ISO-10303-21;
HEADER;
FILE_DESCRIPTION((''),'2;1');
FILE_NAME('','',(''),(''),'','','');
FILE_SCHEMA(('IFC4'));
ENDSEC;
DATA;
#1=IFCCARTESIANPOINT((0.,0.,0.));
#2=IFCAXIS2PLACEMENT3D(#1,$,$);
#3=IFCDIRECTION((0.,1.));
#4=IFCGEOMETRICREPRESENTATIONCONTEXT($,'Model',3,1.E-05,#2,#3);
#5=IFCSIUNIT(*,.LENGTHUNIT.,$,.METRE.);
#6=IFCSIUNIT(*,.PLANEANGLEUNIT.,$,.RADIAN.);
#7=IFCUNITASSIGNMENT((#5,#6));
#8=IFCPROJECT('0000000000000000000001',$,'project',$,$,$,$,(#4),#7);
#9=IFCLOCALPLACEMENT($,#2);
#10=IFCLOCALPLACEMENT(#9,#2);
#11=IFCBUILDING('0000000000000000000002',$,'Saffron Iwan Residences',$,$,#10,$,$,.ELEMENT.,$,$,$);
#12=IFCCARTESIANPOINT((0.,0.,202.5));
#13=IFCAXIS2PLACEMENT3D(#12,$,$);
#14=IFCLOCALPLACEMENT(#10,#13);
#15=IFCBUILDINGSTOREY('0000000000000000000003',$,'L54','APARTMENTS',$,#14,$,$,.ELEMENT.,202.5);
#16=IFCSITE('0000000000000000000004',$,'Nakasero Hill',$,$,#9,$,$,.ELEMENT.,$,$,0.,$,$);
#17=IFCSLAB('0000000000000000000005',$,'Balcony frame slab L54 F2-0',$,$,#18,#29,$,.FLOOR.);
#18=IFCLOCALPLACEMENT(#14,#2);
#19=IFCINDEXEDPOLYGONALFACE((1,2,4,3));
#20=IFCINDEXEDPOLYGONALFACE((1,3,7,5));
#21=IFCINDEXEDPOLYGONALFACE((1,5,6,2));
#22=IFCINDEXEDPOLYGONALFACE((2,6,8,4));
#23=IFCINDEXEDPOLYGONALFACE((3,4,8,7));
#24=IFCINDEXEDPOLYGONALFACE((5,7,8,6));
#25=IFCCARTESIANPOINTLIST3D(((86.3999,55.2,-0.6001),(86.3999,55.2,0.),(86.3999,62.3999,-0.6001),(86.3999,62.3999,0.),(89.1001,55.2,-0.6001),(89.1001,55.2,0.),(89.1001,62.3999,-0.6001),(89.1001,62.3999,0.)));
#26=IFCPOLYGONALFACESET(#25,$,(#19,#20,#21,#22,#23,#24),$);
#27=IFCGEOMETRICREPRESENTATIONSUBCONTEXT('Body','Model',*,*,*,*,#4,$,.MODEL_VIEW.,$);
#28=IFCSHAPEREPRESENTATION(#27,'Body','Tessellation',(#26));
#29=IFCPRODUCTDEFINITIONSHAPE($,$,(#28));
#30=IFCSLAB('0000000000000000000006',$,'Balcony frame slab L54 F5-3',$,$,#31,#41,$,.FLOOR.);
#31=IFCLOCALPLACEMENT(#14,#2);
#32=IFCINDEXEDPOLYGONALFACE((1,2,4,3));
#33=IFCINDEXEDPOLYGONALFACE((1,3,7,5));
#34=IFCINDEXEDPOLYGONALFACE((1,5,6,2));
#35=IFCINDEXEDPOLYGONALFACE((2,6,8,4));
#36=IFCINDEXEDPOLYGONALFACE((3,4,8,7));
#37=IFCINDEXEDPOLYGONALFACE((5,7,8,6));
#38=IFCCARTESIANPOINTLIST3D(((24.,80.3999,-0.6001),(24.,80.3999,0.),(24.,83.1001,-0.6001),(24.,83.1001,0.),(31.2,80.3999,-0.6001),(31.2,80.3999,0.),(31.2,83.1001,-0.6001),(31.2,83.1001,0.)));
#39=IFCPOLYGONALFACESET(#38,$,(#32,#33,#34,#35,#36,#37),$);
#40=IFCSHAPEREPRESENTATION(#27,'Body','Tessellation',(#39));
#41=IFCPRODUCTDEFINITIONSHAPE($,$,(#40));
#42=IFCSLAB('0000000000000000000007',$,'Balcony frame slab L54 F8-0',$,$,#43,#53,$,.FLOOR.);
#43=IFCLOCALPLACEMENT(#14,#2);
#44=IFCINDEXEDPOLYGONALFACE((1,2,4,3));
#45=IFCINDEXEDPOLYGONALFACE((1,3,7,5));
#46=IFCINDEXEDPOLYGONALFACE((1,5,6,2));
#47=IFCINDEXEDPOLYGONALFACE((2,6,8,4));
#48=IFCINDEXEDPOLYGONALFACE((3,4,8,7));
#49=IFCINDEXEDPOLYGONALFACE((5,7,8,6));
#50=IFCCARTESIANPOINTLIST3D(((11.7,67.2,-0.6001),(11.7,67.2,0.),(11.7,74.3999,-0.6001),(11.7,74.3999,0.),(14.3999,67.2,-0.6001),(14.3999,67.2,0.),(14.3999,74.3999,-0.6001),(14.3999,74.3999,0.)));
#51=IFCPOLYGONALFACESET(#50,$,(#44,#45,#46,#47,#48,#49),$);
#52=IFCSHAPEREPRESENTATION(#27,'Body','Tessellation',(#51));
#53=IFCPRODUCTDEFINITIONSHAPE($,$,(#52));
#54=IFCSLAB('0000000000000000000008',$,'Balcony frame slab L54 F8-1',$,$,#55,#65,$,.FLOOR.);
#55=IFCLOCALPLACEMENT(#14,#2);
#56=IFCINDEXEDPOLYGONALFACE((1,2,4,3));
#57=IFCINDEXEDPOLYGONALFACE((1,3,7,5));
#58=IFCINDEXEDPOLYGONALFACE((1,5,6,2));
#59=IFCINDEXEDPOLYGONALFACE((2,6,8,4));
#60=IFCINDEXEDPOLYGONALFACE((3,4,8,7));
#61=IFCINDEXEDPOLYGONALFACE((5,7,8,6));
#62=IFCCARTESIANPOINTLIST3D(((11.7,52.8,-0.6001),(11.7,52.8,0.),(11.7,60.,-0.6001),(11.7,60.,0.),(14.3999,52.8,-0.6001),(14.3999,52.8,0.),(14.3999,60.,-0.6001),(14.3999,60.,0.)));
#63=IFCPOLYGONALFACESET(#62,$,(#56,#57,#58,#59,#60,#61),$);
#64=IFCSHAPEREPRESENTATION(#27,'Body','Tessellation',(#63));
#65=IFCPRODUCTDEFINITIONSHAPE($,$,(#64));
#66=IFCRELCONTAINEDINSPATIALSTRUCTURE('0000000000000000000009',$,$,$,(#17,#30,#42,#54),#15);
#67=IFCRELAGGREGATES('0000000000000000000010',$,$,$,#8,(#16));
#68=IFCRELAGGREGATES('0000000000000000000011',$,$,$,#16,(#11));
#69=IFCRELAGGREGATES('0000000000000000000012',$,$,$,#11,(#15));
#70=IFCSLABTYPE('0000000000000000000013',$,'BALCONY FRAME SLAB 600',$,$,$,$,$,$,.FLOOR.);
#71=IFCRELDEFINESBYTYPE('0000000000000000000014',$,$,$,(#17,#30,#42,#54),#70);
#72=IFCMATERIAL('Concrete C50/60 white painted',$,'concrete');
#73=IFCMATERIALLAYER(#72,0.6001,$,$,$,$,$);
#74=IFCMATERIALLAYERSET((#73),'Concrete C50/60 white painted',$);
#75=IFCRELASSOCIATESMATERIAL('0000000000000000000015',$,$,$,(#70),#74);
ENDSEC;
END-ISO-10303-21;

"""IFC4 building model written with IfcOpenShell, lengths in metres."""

from ifc_helpers import new_model, si_unit, direction, frame, origin, place, context, subcontext, project, spatial, polyline, outline, extrude, material, layer, layer_set, type_object, element, save


model = new_model("IFC4")

# Units and contexts
model_context = context("Model", 3, precision=1e-05, world=origin(), true_north=direction((0.0, 1.0)))
body_context = subcontext(model_context, "Body", "Model", "MODEL_VIEW")
ifc_project = project(units=[si_unit("LENGTHUNIT", "METRE"), si_unit("PLANEANGLEUNIT", "RADIAN")], contexts=[model_context])

# Site, building, storey
site_placement = place(None, origin())
site = spatial("IfcSite", under=ifc_project, at=site_placement, Name="Nakasero Hill", CompositionType="ELEMENT", RefElevation=0.0)
building_placement = place(site_placement, origin())
building = spatial("IfcBuilding", under=site, at=building_placement, Name="Saffron Iwan Residences", CompositionType="ELEMENT")
storey_placement = place(building_placement, frame((0.0, 0.0, 202.5)))
storey = spatial("IfcBuildingStorey", under=building, at=storey_placement, Name="L54", Description="APARTMENTS", CompositionType="ELEMENT", Elevation=202.5)

# Slabs
ifc_material_1 = material(Name="Concrete C50/60 white painted", Category="concrete")
ifc_layer_1 = layer(ifc_material_1, 0.6001)
ifc_layer_set_1 = layer_set([ifc_layer_1], Name="Concrete C50/60 white painted")
slab_type_1 = type_object("IfcSlabType", Name="BALCONY FRAME SLAB 600", PredefinedType="FLOOR", material=ifc_layer_set_1)
slab_1_placement = place(storey_placement, frame((0.0, 0.0, -0.6001)))
element("IfcSlab", 1, at=slab_1_placement, inside=storey, type_object=slab_type_1, Name="Balcony frame slab L54 F2-0", PredefinedType="FLOOR", context=body_context, shape_type="SweptSolid", body=[
    extrude(outline(polyline([(89.1001, 55.2), (89.1001, 62.3999), (86.3999, 62.3999), (86.3999, 55.2), (89.1001, 55.2)])), origin(), (0.0, 0.0, 1.0), 0.6001),
])
slab_2_placement = place(storey_placement, frame((0.0, 0.0, -0.6001)))
element("IfcSlab", 2, at=slab_2_placement, inside=storey, type_object=slab_type_1, Name="Balcony frame slab L54 F5-3", PredefinedType="FLOOR", context=body_context, shape_type="SweptSolid", body=[
    extrude(outline(polyline([(31.2, 83.1001), (24.0, 83.1001), (24.0, 80.3999), (31.2, 80.3999), (31.2, 83.1001)])), origin(), (0.0, 0.0, 1.0), 0.6001),
])
slab_3_placement = place(storey_placement, frame((0.0, 0.0, -0.6001)))
element("IfcSlab", 3, at=slab_3_placement, inside=storey, type_object=slab_type_1, Name="Balcony frame slab L54 F8-0", PredefinedType="FLOOR", context=body_context, shape_type="SweptSolid", body=[
    extrude(outline(polyline([(11.7, 74.3999), (11.7, 67.2), (14.3999, 67.2), (14.3999, 74.3999), (11.7, 74.3999)])), origin(), (0.0, 0.0, 1.0), 0.6001),
])
slab_4_placement = place(storey_placement, frame((0.0, 0.0, -0.6001)))
element("IfcSlab", 4, at=slab_4_placement, inside=storey, type_object=slab_type_1, Name="Balcony frame slab L54 F8-1", PredefinedType="FLOOR", context=body_context, shape_type="SweptSolid", body=[
    extrude(outline(polyline([(11.7, 60.0), (11.7, 52.8), (14.3999, 52.8), (14.3999, 60.0), (11.7, 60.0)])), origin(), (0.0, 0.0, 1.0), 0.6001),
])

save(model, "model.ifc")
